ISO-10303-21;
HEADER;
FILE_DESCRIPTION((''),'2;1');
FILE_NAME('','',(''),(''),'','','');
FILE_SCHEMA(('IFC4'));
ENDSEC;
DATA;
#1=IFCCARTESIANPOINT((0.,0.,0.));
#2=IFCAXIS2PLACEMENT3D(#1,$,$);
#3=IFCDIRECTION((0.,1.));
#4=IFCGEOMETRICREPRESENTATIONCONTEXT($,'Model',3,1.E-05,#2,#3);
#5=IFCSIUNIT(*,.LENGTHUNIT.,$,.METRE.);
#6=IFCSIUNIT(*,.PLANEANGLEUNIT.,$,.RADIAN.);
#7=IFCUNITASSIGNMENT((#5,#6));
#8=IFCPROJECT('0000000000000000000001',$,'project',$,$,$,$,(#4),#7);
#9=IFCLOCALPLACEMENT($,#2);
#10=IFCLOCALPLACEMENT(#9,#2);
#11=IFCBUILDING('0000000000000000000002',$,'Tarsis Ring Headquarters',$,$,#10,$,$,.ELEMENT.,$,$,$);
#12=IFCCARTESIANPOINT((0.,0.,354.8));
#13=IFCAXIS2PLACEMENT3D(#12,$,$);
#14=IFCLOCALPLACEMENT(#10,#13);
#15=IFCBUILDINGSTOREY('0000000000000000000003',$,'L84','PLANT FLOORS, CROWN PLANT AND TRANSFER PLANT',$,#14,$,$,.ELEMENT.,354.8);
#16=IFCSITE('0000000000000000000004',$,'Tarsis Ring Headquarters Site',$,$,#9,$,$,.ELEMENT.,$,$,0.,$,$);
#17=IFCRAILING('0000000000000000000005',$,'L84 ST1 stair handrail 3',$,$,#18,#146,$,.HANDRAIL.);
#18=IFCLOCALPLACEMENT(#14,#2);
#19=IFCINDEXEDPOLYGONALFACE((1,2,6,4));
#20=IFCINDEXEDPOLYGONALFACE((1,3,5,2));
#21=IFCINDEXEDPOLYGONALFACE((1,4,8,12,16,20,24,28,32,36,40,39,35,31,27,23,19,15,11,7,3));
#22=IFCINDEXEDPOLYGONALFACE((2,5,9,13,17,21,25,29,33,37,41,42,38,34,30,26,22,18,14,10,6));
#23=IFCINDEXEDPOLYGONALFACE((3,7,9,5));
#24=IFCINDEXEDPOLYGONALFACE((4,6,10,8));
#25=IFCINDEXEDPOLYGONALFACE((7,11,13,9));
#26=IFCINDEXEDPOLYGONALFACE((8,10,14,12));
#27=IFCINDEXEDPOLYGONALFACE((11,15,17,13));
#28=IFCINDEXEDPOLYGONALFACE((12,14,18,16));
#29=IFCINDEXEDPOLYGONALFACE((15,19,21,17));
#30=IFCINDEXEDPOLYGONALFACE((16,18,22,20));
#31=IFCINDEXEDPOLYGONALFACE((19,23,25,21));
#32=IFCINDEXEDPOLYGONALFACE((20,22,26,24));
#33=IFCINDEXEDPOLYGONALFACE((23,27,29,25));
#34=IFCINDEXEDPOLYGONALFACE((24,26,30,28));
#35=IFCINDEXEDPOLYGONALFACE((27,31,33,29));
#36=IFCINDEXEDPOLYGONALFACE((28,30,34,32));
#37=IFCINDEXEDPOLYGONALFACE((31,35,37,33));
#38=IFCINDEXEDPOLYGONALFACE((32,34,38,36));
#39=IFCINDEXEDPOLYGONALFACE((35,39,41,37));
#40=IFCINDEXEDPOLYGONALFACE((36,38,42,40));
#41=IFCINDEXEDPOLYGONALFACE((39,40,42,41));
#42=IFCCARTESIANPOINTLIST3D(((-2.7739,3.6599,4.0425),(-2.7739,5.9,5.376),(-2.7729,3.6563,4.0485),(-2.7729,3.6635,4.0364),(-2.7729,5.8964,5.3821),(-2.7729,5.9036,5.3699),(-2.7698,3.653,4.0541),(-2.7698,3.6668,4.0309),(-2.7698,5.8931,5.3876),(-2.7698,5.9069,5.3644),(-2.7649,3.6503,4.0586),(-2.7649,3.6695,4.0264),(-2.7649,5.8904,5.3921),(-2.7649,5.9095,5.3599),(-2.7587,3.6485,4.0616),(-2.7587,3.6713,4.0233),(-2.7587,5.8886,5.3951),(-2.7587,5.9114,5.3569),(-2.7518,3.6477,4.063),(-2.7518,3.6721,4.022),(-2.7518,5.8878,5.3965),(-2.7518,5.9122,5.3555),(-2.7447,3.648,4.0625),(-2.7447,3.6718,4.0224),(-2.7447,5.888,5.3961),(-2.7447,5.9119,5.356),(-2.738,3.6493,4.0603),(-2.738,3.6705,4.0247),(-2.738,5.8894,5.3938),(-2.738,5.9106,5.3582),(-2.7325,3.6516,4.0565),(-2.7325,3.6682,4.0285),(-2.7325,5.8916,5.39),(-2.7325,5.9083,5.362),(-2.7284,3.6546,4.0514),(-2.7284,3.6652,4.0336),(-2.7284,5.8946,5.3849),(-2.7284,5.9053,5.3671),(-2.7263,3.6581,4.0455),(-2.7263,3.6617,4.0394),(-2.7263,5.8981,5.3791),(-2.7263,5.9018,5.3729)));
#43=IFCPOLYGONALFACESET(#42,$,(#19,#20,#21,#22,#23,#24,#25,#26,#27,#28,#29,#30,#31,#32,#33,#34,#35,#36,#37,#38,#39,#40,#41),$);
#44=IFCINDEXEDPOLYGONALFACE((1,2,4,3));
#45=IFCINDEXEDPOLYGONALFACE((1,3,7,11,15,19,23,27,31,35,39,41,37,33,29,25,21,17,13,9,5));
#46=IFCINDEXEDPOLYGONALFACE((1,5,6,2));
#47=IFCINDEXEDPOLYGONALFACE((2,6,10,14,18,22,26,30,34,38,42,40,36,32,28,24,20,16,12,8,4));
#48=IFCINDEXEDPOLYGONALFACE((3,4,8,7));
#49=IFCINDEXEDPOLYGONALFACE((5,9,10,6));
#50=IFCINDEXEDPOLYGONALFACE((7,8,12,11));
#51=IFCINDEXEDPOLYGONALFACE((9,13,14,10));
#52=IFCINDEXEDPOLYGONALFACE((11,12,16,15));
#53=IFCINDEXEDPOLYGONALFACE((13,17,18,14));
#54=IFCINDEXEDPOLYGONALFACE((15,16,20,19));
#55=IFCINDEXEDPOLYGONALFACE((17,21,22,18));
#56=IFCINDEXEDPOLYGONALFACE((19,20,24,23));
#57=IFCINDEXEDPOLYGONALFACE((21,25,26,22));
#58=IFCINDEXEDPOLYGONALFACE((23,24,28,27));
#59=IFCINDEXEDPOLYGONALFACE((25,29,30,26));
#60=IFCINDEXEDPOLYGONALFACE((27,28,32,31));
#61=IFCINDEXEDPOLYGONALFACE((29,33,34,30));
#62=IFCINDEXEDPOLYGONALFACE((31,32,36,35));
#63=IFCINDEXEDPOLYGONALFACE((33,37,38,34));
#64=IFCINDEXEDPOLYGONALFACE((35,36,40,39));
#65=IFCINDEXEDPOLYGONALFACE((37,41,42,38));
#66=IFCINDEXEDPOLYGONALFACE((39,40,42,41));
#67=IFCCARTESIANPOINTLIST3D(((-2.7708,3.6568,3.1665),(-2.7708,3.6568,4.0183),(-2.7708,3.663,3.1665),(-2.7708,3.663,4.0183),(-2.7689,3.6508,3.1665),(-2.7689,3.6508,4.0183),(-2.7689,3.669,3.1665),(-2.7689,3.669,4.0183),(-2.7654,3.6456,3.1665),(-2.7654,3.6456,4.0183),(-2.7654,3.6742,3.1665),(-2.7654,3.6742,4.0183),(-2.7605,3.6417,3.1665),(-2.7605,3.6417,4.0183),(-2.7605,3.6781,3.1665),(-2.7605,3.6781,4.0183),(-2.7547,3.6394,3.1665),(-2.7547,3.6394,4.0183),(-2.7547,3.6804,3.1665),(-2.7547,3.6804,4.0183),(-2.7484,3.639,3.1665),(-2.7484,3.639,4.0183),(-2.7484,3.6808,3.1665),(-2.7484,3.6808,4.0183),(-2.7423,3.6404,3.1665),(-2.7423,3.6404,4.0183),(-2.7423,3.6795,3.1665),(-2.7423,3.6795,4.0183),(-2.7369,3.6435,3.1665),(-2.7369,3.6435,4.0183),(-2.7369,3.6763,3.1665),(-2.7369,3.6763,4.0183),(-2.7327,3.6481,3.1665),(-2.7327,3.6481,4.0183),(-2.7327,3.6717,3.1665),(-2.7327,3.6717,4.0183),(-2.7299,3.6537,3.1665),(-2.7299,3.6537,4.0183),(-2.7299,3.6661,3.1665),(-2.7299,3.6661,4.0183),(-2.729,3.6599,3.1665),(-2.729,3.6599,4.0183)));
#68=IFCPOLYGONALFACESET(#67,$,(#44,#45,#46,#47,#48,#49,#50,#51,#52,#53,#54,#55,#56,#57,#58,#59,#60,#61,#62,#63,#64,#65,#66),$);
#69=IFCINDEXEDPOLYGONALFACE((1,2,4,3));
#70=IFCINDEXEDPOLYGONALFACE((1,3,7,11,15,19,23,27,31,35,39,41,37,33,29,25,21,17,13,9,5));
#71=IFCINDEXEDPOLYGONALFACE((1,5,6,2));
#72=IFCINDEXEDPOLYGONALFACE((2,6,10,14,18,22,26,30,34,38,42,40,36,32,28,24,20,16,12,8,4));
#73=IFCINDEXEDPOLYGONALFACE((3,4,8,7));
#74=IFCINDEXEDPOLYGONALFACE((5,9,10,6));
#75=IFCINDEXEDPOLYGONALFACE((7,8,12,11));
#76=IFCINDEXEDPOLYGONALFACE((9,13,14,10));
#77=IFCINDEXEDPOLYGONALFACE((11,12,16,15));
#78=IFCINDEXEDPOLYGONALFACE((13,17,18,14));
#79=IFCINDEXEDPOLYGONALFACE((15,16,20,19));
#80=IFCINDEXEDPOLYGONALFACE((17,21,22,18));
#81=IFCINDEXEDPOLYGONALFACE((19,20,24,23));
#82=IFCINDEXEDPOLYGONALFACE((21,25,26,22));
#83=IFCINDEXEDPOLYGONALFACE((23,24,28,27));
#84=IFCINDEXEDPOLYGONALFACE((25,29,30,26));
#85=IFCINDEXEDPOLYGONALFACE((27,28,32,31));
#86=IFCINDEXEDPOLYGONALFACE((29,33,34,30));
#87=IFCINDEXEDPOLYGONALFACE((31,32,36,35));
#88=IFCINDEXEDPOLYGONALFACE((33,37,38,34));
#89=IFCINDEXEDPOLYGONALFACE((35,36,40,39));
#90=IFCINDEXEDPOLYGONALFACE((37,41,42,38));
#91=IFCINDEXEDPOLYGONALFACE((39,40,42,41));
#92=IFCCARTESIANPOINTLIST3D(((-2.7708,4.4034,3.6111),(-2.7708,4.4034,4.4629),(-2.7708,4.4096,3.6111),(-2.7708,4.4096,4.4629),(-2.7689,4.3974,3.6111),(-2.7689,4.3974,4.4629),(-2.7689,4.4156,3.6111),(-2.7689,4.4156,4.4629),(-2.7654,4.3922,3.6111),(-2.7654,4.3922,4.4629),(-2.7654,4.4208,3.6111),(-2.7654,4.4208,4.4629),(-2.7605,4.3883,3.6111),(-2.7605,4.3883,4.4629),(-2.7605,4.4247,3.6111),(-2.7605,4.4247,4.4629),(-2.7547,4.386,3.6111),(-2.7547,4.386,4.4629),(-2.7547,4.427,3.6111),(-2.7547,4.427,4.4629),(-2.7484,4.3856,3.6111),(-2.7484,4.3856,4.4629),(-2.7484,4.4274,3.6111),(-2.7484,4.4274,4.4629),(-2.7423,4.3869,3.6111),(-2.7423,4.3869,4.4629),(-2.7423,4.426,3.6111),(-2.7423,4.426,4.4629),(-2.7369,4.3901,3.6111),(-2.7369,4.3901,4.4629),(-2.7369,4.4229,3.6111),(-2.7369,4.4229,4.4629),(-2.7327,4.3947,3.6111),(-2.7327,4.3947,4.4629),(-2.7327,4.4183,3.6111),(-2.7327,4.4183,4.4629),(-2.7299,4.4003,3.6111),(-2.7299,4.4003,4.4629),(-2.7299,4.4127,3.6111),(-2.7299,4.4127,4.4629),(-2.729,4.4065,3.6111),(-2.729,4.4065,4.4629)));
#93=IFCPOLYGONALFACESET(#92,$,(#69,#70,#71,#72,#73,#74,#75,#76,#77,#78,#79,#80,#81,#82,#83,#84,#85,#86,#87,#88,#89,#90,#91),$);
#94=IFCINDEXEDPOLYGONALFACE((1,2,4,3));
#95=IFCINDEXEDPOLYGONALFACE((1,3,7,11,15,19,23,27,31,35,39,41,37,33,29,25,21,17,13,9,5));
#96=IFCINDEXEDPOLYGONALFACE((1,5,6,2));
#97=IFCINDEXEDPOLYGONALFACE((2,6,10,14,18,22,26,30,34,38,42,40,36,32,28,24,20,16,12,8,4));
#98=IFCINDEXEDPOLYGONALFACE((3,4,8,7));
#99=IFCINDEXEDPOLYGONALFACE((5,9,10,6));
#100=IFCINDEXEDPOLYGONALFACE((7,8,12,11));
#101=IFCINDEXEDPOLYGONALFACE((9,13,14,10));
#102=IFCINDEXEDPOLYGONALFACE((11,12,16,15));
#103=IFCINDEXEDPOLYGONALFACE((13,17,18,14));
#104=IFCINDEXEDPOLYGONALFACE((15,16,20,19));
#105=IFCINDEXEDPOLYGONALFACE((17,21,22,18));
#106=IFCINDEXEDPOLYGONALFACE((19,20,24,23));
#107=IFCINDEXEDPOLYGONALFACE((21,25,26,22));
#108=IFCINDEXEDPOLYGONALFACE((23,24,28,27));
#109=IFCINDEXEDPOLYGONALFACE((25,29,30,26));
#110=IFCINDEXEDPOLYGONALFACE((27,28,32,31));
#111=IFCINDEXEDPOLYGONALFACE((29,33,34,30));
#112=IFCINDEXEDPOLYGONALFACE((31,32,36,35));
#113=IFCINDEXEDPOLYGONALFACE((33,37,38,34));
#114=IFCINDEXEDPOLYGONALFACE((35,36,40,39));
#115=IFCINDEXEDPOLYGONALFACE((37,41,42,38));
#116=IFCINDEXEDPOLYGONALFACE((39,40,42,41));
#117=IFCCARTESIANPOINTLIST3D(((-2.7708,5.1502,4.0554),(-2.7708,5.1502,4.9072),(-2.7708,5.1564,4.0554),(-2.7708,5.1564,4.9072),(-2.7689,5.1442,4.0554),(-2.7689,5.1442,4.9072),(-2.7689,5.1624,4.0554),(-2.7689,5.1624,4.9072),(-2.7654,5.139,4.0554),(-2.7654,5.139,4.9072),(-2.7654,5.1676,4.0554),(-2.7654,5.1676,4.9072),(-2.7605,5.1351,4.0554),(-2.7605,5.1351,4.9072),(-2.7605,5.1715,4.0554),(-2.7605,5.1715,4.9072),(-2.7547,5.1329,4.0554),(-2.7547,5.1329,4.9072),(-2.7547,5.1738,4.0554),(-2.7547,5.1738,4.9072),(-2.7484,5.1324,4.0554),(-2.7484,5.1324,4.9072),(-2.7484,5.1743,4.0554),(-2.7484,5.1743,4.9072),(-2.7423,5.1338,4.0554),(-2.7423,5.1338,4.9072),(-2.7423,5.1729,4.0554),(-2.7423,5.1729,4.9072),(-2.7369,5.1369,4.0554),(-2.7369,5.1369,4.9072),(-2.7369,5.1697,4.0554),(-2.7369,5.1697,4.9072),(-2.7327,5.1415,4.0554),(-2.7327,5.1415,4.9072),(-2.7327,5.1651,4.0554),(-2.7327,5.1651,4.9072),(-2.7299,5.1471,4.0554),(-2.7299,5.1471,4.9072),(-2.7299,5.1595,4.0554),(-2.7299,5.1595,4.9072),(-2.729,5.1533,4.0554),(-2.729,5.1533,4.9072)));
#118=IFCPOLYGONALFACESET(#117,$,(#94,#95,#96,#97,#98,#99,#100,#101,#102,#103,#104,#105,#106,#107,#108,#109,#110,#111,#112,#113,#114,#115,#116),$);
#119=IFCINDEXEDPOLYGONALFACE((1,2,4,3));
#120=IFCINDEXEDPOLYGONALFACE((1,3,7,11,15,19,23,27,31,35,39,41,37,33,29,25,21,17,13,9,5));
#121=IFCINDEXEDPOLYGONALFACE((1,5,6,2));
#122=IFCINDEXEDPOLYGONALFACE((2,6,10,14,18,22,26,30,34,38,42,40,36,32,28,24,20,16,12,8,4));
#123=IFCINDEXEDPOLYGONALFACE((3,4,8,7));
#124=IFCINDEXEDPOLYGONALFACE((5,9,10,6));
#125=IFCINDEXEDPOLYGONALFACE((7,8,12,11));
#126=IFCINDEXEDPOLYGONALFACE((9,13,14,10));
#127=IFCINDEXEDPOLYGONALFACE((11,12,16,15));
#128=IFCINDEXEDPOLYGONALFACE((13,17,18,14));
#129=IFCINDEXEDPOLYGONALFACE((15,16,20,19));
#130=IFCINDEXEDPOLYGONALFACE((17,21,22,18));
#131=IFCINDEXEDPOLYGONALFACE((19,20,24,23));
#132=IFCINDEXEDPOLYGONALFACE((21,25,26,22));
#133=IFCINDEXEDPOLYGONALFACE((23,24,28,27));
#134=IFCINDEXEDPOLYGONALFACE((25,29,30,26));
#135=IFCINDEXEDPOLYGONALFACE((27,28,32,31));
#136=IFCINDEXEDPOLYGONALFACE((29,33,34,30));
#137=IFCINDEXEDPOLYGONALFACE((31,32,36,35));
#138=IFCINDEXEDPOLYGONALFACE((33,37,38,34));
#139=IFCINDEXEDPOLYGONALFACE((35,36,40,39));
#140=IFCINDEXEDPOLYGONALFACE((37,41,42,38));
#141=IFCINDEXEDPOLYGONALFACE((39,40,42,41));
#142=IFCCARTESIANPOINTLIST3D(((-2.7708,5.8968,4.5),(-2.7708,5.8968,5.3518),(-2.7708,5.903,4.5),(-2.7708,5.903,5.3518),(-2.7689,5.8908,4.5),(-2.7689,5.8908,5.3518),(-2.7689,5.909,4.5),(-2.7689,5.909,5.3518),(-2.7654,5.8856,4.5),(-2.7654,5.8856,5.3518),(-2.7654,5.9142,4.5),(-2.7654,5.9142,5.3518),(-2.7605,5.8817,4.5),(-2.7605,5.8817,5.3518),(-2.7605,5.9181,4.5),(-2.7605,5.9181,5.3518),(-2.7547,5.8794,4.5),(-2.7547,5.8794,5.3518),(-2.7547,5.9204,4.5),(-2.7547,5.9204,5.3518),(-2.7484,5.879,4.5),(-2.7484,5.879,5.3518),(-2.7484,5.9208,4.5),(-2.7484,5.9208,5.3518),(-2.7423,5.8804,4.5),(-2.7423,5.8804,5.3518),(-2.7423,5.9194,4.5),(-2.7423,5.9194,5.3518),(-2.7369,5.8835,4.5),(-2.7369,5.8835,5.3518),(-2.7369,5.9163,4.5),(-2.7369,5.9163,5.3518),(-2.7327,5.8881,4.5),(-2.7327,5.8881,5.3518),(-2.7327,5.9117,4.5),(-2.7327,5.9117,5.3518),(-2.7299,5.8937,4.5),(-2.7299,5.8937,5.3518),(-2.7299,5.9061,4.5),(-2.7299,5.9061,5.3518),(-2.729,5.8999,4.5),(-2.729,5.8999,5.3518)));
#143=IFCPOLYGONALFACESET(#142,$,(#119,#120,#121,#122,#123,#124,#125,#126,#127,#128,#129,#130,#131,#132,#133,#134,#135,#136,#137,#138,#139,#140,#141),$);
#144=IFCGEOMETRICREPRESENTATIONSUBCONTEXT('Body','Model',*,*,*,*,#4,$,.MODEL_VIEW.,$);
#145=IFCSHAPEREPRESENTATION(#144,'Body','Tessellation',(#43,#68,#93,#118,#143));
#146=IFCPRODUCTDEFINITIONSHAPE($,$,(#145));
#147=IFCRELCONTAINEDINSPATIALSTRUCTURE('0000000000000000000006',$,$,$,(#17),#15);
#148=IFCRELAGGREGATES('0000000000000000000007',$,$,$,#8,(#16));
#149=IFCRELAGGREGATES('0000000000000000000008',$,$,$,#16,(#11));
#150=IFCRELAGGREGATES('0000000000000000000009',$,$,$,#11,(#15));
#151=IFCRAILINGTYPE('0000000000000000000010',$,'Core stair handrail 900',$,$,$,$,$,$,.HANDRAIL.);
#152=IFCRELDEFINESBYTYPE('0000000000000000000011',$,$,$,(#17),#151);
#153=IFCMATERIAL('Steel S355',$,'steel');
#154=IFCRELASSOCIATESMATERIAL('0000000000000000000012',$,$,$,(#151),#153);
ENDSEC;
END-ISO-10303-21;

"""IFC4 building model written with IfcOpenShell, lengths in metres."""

from ifc_helpers import new_model, si_unit, direction, frame, origin, origin_2d, place, context, subcontext, project, spatial, circle, extrude, material, type_object, element, save


model = new_model("IFC4")

# Units and contexts
model_context = context("Model", 3, precision=1e-05, world=origin(), true_north=direction((0.0, 1.0)))
body_context = subcontext(model_context, "Body", "Model", "MODEL_VIEW")
ifc_project = project(units=[si_unit("LENGTHUNIT", "METRE"), si_unit("PLANEANGLEUNIT", "RADIAN")], contexts=[model_context])

# Site, building, storey
site_placement = place(None, origin())
site = spatial("IfcSite", under=ifc_project, at=site_placement, Name="Tarsis Ring Headquarters Site", CompositionType="ELEMENT", RefElevation=0.0)
building_placement = place(site_placement, origin())
building = spatial("IfcBuilding", under=site, at=building_placement, Name="Tarsis Ring Headquarters", CompositionType="ELEMENT")
storey_placement = place(building_placement, frame((0.0, 0.0, 354.8)))
storey = spatial("IfcBuildingStorey", under=building, at=storey_placement, Name="L84", Description="PLANT FLOORS, CROWN PLANT AND TRANSFER PLANT", CompositionType="ELEMENT", Elevation=354.8)

# Shared definitions
ifc_material_1 = material(Name="Steel S355", Category="steel")

# Railing
railing_type_1 = type_object("IfcRailingType", Name="Core stair handrail 900", PredefinedType="HANDRAIL", material=ifc_material_1)
railing_1_placement = place(storey_placement, frame((-2.75, 3.6599, 3.1665)))
element("IfcRailing", 1, at=railing_1_placement, inside=storey, type_object=railing_type_1, Name="L84 ST1 stair handrail 3", PredefinedType="HANDRAIL", context=body_context, shape_type="SweptSolid", body=[
    extrude(circle(Radius=0.0239, at=origin_2d()), frame((0.0, 0.0, 0.876), z_axis=(0.0, 0.859264, 0.511532), x_axis=(-1.0, 0.0, 0.0)), (0.0, 0.0, 1.0), 2.6069),
    extrude(circle(Radius=0.021, at=origin_2d()), origin(), (0.0, 0.0, 1.0), 0.8518),
    extrude(circle(Radius=0.021, at=origin_2d()), frame((0.0, 0.7466, 0.4446)), (0.0, 0.0, 1.0), 0.8518),
    extrude(circle(Radius=0.021, at=origin_2d()), frame((0.0, 1.4934, 0.8889)), (0.0, 0.0, 1.0), 0.8518),
    extrude(circle(Radius=0.021, at=origin_2d()), frame((0.0, 2.24, 1.3335)), (0.0, 0.0, 1.0), 0.8518),
])

save(model, "model.ifc")
